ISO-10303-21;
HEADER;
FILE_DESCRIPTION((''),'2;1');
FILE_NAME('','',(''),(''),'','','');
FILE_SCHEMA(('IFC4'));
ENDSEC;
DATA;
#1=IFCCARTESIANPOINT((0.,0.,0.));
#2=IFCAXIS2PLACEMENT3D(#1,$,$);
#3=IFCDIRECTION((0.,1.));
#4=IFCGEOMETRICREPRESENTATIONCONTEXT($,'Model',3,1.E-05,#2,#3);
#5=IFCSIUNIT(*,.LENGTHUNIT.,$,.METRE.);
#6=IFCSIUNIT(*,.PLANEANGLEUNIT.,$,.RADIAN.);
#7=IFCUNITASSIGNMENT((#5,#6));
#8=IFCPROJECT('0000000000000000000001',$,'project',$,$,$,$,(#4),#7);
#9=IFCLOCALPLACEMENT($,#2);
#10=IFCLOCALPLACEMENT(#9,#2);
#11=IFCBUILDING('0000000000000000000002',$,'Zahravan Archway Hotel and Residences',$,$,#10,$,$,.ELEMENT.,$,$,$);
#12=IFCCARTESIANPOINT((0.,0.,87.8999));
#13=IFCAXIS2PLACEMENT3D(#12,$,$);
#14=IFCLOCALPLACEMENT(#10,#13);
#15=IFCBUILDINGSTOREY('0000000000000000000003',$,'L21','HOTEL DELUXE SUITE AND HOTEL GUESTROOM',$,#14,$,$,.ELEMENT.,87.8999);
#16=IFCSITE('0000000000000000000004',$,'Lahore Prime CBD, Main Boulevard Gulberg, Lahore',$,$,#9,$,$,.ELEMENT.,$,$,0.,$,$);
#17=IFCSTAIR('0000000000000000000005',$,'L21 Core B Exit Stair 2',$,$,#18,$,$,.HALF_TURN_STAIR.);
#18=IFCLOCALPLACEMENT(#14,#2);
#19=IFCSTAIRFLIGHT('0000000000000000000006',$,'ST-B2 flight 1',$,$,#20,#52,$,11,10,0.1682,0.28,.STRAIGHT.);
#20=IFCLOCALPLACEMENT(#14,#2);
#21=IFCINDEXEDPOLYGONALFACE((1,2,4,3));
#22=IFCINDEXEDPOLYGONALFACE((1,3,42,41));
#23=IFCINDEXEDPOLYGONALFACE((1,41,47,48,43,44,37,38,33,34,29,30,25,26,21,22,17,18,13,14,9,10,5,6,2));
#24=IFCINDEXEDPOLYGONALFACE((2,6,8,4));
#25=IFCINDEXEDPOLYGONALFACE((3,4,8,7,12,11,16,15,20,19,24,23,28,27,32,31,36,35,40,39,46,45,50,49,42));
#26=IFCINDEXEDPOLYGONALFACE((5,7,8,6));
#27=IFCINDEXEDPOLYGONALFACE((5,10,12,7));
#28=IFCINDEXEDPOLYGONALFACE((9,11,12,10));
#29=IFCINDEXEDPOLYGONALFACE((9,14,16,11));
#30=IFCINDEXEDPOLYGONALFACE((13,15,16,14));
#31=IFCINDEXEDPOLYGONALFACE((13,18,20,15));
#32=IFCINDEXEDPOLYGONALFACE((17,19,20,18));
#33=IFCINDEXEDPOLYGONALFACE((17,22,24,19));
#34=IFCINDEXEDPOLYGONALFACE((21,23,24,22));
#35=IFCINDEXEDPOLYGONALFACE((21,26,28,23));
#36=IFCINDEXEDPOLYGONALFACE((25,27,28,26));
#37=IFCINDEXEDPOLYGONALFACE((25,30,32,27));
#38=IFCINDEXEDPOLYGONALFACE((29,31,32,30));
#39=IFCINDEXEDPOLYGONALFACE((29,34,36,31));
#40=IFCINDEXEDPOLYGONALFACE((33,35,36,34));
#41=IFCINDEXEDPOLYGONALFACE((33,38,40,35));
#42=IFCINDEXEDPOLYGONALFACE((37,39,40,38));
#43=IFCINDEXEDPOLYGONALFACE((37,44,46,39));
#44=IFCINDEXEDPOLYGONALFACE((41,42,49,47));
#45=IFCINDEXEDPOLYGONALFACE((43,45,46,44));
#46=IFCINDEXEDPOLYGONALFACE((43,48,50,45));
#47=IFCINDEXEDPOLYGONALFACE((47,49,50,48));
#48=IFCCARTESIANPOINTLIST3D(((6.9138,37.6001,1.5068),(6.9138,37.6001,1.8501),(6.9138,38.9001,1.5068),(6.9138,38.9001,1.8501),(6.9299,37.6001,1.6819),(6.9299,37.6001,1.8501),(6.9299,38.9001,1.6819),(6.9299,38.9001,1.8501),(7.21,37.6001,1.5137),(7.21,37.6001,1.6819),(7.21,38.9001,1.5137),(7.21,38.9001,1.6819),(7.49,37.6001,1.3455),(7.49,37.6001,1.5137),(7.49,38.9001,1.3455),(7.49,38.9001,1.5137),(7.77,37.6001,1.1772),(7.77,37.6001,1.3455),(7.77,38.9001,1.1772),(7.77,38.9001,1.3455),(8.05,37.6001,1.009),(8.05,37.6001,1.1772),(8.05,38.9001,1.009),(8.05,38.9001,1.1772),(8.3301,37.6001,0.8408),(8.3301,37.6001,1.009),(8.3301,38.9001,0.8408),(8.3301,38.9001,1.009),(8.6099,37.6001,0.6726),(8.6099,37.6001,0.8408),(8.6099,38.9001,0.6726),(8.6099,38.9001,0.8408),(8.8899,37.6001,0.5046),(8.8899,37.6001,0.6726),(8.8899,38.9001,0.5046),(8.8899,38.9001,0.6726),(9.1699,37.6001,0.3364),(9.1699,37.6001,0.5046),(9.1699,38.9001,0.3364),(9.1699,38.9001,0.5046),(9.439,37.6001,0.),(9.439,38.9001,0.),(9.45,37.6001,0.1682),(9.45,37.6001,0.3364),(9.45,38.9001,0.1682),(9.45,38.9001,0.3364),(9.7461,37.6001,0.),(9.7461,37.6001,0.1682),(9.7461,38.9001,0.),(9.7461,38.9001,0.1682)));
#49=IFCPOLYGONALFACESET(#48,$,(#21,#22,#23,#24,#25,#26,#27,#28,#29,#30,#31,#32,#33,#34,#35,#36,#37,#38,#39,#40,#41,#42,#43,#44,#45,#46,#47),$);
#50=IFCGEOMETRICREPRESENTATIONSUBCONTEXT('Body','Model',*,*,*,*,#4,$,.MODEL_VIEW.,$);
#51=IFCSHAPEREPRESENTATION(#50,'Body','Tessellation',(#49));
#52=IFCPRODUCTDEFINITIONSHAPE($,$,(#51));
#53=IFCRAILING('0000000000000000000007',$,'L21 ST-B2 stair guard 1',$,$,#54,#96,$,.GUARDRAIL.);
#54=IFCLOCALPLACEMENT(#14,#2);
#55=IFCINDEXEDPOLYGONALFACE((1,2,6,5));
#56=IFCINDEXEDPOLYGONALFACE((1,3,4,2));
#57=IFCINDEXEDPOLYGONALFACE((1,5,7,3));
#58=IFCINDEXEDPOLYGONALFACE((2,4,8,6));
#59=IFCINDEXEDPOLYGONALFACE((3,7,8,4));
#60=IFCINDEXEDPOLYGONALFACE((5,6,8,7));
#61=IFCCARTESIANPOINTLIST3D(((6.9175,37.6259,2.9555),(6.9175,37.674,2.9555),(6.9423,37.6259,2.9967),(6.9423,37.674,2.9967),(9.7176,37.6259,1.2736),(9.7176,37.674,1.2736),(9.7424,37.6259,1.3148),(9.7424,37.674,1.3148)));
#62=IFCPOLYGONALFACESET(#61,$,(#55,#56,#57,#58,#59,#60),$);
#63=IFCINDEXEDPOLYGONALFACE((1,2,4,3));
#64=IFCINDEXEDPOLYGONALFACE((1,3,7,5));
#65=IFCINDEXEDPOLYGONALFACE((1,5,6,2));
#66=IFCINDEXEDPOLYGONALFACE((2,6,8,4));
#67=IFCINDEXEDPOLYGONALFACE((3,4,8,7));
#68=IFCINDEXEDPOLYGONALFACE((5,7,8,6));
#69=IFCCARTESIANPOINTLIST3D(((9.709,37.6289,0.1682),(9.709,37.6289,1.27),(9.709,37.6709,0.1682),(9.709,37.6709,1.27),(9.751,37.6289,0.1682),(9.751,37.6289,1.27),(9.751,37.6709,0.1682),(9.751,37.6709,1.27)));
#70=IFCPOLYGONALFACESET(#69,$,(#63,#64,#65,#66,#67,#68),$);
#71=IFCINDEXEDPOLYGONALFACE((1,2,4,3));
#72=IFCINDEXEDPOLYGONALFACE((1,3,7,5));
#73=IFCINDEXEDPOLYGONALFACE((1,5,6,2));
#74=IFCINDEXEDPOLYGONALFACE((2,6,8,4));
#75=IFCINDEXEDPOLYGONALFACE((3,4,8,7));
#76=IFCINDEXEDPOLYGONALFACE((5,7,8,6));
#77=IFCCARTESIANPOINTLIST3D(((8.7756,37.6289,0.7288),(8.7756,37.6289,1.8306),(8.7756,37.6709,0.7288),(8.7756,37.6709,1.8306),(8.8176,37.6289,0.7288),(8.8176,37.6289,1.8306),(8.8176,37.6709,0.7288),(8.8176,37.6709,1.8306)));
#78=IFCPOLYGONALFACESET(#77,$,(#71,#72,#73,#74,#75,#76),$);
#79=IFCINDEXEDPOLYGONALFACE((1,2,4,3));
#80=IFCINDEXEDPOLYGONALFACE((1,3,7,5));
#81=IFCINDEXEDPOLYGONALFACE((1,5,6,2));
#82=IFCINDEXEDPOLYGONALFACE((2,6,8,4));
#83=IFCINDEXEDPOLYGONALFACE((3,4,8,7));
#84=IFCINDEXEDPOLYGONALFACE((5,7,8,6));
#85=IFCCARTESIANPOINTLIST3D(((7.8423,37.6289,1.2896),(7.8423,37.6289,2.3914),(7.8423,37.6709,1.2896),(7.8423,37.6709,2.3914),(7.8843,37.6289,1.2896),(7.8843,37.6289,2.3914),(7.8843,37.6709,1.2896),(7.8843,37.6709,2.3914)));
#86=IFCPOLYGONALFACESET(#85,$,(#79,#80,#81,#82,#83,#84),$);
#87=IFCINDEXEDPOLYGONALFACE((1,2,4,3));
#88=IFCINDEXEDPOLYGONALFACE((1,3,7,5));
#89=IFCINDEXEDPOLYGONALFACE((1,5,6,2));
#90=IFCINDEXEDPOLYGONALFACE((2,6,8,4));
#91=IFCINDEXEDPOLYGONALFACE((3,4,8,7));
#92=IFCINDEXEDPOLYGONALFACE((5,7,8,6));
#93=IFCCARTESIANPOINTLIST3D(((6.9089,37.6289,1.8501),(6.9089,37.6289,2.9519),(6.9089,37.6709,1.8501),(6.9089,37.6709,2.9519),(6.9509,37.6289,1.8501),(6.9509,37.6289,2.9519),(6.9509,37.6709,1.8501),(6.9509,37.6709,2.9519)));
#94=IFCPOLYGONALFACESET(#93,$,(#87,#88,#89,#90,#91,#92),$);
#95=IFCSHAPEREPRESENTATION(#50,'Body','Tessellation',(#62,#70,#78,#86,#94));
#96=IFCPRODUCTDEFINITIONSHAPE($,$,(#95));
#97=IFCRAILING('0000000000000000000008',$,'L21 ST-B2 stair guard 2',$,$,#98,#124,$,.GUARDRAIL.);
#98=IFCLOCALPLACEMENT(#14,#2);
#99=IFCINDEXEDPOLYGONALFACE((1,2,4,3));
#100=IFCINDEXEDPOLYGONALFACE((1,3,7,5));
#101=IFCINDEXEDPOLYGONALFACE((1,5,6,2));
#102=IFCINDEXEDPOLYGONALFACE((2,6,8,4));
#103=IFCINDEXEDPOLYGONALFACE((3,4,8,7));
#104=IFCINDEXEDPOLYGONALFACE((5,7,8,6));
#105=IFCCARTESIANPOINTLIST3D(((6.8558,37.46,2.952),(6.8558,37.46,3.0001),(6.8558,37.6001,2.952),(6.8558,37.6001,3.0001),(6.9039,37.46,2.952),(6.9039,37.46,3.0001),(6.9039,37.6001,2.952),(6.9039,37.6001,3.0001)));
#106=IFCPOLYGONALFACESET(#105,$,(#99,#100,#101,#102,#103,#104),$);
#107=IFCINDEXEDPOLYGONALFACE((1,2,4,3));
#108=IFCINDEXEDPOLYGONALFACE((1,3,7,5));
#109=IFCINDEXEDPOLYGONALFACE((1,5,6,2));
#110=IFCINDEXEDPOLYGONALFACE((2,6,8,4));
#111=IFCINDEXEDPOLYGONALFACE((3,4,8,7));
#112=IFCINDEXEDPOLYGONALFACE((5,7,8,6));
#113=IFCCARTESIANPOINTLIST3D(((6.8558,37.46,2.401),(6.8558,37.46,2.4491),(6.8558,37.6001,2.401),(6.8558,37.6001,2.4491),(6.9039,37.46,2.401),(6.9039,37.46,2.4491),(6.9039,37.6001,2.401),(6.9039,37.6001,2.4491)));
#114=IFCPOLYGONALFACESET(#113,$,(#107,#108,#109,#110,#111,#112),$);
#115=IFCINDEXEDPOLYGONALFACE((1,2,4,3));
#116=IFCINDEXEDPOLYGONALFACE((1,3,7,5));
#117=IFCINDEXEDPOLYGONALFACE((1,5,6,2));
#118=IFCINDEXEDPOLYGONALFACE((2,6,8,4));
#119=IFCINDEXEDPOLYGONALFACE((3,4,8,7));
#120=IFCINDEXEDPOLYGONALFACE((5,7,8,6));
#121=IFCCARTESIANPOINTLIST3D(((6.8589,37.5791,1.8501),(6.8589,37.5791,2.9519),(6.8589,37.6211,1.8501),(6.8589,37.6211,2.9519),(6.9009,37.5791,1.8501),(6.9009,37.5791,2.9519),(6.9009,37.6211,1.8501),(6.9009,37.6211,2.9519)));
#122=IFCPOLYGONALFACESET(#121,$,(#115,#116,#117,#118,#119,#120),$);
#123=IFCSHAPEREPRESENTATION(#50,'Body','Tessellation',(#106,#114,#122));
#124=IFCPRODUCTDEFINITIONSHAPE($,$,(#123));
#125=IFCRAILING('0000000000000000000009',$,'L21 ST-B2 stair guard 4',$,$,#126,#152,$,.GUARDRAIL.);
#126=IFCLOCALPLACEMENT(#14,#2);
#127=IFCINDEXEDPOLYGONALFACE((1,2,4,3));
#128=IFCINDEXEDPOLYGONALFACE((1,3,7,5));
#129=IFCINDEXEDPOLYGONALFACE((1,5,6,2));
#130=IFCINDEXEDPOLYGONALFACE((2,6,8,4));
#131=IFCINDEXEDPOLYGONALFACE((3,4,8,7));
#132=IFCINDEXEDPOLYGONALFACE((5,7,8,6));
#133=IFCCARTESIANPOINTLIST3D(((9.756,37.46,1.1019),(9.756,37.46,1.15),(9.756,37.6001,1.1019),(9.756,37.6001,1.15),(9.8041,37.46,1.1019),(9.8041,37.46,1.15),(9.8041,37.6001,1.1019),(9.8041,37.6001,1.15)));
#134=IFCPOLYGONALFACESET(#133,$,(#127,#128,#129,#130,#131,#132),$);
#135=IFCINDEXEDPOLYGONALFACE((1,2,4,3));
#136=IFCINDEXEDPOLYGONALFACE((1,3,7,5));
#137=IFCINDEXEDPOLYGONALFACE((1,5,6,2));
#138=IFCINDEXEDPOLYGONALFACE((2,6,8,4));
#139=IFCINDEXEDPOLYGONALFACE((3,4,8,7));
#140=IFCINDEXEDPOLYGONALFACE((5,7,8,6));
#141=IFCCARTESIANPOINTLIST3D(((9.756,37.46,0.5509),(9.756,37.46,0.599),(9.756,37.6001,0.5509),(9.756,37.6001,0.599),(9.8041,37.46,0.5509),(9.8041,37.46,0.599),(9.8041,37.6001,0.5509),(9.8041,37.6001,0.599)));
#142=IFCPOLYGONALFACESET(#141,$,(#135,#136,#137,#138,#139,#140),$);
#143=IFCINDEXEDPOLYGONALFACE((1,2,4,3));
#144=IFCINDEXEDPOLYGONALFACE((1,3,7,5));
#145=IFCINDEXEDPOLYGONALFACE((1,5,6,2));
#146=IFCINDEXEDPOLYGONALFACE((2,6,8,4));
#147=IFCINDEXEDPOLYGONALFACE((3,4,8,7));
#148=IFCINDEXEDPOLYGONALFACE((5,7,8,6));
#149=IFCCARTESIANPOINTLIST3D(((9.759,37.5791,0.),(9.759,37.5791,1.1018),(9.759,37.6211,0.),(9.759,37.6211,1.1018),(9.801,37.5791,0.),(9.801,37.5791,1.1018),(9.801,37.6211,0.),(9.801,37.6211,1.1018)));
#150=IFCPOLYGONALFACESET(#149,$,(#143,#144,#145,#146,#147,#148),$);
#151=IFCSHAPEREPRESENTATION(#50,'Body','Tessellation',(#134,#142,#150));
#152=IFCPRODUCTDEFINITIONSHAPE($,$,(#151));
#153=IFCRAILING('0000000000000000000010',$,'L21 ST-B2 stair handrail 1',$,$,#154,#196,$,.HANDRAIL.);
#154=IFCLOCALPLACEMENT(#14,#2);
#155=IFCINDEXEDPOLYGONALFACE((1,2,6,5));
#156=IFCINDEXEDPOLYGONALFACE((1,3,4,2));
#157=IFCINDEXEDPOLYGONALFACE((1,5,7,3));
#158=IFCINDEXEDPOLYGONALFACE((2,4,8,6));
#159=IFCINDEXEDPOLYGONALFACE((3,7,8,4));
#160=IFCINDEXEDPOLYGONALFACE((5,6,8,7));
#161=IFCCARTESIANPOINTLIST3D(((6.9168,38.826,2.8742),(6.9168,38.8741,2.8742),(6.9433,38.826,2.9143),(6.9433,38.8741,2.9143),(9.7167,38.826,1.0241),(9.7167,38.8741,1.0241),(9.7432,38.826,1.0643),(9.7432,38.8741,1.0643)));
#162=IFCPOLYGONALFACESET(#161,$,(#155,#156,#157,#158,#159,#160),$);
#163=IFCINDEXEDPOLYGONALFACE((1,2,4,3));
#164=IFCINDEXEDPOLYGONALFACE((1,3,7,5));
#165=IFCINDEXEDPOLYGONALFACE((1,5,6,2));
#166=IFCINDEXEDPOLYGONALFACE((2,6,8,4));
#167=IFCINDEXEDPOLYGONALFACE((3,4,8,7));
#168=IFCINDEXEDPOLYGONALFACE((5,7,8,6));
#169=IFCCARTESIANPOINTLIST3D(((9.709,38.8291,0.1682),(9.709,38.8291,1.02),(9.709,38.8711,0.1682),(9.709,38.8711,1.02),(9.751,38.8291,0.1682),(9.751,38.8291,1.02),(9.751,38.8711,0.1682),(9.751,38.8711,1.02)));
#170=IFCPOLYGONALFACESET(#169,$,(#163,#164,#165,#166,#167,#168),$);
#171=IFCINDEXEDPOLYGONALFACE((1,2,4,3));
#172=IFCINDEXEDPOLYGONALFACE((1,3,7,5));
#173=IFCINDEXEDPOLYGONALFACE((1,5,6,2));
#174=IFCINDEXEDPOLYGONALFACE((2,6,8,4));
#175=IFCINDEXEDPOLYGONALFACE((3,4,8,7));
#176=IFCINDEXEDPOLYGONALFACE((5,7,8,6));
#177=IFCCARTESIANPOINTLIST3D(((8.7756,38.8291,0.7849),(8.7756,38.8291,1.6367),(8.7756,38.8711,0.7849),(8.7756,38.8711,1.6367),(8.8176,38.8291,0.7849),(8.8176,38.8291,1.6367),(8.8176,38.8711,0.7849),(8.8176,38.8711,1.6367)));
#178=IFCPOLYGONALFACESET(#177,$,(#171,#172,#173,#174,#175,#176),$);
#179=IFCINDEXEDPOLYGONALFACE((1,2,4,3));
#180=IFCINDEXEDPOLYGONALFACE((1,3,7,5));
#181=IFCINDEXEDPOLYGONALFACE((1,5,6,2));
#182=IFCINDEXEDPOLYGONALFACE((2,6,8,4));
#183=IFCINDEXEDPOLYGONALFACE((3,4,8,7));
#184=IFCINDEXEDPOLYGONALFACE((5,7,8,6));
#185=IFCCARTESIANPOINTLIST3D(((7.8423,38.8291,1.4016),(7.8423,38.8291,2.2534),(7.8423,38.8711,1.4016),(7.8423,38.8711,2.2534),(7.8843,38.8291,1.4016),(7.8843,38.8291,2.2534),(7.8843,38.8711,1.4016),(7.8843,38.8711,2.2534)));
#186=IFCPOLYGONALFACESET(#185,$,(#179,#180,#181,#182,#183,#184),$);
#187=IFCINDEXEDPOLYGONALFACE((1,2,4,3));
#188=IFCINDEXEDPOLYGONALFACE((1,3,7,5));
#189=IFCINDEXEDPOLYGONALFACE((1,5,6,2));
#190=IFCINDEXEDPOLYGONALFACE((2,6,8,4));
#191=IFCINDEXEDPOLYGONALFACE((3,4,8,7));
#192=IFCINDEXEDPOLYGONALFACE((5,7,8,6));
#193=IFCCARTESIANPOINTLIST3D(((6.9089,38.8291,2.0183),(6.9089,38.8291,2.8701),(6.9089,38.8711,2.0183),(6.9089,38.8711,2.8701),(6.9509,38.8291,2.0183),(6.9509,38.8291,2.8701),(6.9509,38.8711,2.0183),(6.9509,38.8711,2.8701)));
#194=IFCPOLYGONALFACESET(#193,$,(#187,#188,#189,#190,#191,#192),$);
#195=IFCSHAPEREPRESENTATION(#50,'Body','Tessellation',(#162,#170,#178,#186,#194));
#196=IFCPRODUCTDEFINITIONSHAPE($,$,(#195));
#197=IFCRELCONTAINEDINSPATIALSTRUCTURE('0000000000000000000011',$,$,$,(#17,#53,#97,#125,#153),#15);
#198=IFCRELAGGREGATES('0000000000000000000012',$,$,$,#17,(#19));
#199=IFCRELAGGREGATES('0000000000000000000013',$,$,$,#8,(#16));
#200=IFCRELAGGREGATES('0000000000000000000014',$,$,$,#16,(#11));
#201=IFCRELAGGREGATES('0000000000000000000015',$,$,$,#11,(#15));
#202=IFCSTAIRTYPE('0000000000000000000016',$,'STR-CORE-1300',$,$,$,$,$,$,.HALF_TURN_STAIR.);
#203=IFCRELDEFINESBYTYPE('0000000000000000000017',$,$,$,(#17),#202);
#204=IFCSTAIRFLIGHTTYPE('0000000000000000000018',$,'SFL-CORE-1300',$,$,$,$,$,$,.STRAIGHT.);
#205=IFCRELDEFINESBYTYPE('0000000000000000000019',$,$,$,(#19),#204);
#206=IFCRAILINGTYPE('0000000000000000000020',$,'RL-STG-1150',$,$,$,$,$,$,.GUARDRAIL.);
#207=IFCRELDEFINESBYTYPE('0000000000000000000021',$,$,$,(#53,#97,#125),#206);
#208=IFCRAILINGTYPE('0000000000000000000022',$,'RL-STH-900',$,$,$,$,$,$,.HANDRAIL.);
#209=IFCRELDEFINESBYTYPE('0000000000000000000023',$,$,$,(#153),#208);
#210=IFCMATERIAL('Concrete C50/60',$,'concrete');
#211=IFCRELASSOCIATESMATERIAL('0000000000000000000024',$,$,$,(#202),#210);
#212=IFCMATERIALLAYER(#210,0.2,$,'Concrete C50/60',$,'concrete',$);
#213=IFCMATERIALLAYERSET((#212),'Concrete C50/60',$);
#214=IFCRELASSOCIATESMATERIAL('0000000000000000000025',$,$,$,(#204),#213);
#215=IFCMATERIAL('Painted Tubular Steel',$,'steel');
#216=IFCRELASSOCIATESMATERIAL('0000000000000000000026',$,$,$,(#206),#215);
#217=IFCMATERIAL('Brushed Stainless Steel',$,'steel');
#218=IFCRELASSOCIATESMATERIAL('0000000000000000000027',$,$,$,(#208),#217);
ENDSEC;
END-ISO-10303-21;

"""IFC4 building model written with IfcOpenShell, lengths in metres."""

from ifc_helpers import new_model, si_unit, direction, frame, origin, origin_2d, place, context, subcontext, project, spatial, polyline, rectangle, outline, extrude, source, transform, mapped, material, layer, layer_set, type_object, element, aggregate, save


model = new_model("IFC4")

# Units and contexts
model_context = context("Model", 3, precision=1e-05, world=origin(), true_north=direction((0.0, 1.0)))
body_context = subcontext(model_context, "Body", "Model", "MODEL_VIEW")
ifc_project = project(units=[si_unit("LENGTHUNIT", "METRE"), si_unit("PLANEANGLEUNIT", "RADIAN")], contexts=[model_context])

# Site, building, storey
site_placement = place(None, origin())
site = spatial("IfcSite", under=ifc_project, at=site_placement, Name="Lahore Prime CBD, Main Boulevard Gulberg, Lahore", CompositionType="ELEMENT", RefElevation=0.0)
building_placement = place(site_placement, origin())
building = spatial("IfcBuilding", under=site, at=building_placement, Name="Zahravan Archway Hotel and Residences", CompositionType="ELEMENT")
storey_placement = place(building_placement, frame((0.0, 0.0, 87.8999)))
storey = spatial("IfcBuildingStorey", under=building, at=storey_placement, Name="L21", Description="HOTEL DELUXE SUITE AND HOTEL GUESTROOM", CompositionType="ELEMENT", Elevation=87.8999)

# Shared definitions
ifc_material_1 = material(Name="Concrete C50/60", Category="concrete")

# Stair, stair flight
stair_type = type_object("IfcStairType", Name="STR-CORE-1300", PredefinedType="HALF_TURN_STAIR", material=ifc_material_1)
stair_placement = place(storey_placement, origin())
stair = element("IfcStair", 1, at=stair_placement, inside=storey, type_object=stair_type, Name="L21 Core B Exit Stair 2", PredefinedType="HALF_TURN_STAIR")
ifc_layer_1 = layer(ifc_material_1, 0.2, Name="Concrete C50/60", Category="concrete")
ifc_layer_set_1 = layer_set([ifc_layer_1], Name="Concrete C50/60")
stair_flight_type = type_object("IfcStairFlightType", Name="SFL-CORE-1300", PredefinedType="STRAIGHT", material=ifc_layer_set_1)
shared_shape_1 = source(origin(), body_context, "Body", "SweptSolid", [
    extrude(outline(polyline([(-0.0161, 0.0), (-0.0161, 0.1682), (0.28, 0.1682), (0.28, 0.3364), (0.5601, 0.3364), (0.5601, 0.5046), (0.8401, 0.5046), (0.8401, 0.6726), (1.1201, 0.6726), (1.1201, 0.8408), (1.3999, 0.8408), (1.3999, 1.009), (1.6799, 1.009), (1.6799, 1.1772), (1.96, 1.1772), (1.96, 1.3455), (2.24, 1.3455), (2.24, 1.5137), (2.52, 1.5137), (2.52, 1.6819), (2.8, 1.6819), (2.8, 1.8501), (2.8162, 1.8501), (2.8162, 1.5068), (0.291, 0.0), (-0.0161, 0.0)])), frame((0.0, 0.6499, 0.0), z_axis=(0.0, -1.0, 0.0), x_axis=(1.0, 0.0, 0.0)), (0.0, 0.0, 1.0), 1.3),
])
stair_flight_placement = place(storey_placement, frame((9.73, 38.25, 0.0), z_axis=(0.0, 0.0, 1.0), x_axis=(-1.0, 0.0, 0.0)))
stair_flight = element("IfcStairFlight", 2, at=stair_flight_placement, type_object=stair_flight_type, Name="ST-B2 flight 1", NumberOfRisers=11, NumberOfTreads=10, PredefinedType="STRAIGHT", RiserHeight=0.1682, TreadLength=0.28, context=body_context, shape_type="MappedRepresentation", body=[
    mapped(shared_shape_1, transform((0.0, 0.0, 0.0), scale=1.0)),
])
aggregate(stair, [stair_flight])

# Railings
ifc_material_2 = material(Name="Painted Tubular Steel", Category="steel")
railing_type_1 = type_object("IfcRailingType", Name="RL-STG-1150", PredefinedType="GUARDRAIL", material=ifc_material_2)
railing_1_placement = place(storey_placement, frame((9.73, 37.6499, 0.1682)))
element("IfcRailing", 3, at=railing_1_placement, inside=storey, type_object=railing_type_1, Name="L21 ST-B2 stair guard 1", PredefinedType="GUARDRAIL", context=body_context, shape_type="SweptSolid", body=[
    extrude(rectangle(XDim=0.0481, YDim=0.0481, at=origin_2d()), frame((0.0, 0.0, 1.126), z_axis=(-0.857242, 0.0, 0.514913), x_axis=(0.0, -1.0, 0.0)), (0.0, 0.0, 1.0), 3.2664),
    extrude(rectangle(XDim=0.042, YDim=0.042, at=origin_2d()), origin(), (0.0, 0.0, 1.0), 1.1018),
    extrude(rectangle(XDim=0.042, YDim=0.042, at=origin_2d()), frame((-0.9333, 0.0, 0.5605)), (0.0, 0.0, 1.0), 1.1018),
    extrude(rectangle(XDim=0.042, YDim=0.042, at=origin_2d()), frame((-1.8667, 0.0, 1.1213)), (0.0, 0.0, 1.0), 1.1018),
    extrude(rectangle(XDim=0.042, YDim=0.042, at=origin_2d()), frame((-2.8, 0.0, 1.6819)), (0.0, 0.0, 1.0), 1.1018),
])
for number, where, name in (
    (4, (6.8799, 37.6001, 1.8501), "L21 ST-B2 stair guard 2"),
    (5, (9.78, 37.6001, 0.0), "L21 ST-B2 stair guard 4"),
):
    element("IfcRailing", number, at=place(storey_placement, frame(where)), inside=storey, type_object=railing_type_1, Name=name, PredefinedType="GUARDRAIL", context=body_context, shape_type="SweptSolid", body=[
        extrude(rectangle(XDim=0.0481, YDim=0.0481, at=origin_2d()), frame((0.0, 0.0, 1.126), z_axis=(0.0, -1.0, 0.0), x_axis=(1.0, 0.0, 0.0)), (0.0, 0.0, 1.0), 0.1401),
        extrude(rectangle(XDim=0.0481, YDim=0.0481, at=origin_2d()), frame((0.0, 0.0, 0.575), z_axis=(0.0, -1.0, 0.0), x_axis=(1.0, 0.0, 0.0)), (0.0, 0.0, 1.0), 0.1401),
        extrude(rectangle(XDim=0.042, YDim=0.042, at=origin_2d()), origin(), (0.0, 0.0, 1.0), 1.1018),
    ])
ifc_material_3 = material(Name="Brushed Stainless Steel", Category="steel")
railing_type_2 = type_object("IfcRailingType", Name="RL-STH-900", PredefinedType="HANDRAIL", material=ifc_material_3)
railing_2_placement = place(storey_placement, frame((9.73, 38.8501, 0.1682)))
element("IfcRailing", 6, at=railing_2_placement, inside=storey, type_object=railing_type_2, Name="L21 ST-B2 stair handrail 1", PredefinedType="HANDRAIL", context=body_context, shape_type="SweptSolid", body=[
    extrude(rectangle(XDim=0.0481, YDim=0.0481, at=origin_2d()), frame((0.0, 0.0, 0.876), z_axis=(-0.834326, 0.0, 0.551271), x_axis=(0.0, -1.0, 0.0)), (0.0, 0.0, 1.0), 3.356),
    extrude(rectangle(XDim=0.042, YDim=0.042, at=origin_2d()), origin(), (0.0, 0.0, 1.0), 0.8518),
    extrude(rectangle(XDim=0.042, YDim=0.042, at=origin_2d()), frame((-0.9333, 0.0, 0.6167)), (0.0, 0.0, 1.0), 0.8518),
    extrude(rectangle(XDim=0.042, YDim=0.042, at=origin_2d()), frame((-1.8667, 0.0, 1.2334)), (0.0, 0.0, 1.0), 0.8518),
    extrude(rectangle(XDim=0.042, YDim=0.042, at=origin_2d()), frame((-2.8, 0.0, 1.8501)), (0.0, 0.0, 1.0), 0.8518),
])

save(model, "model.ifc")
